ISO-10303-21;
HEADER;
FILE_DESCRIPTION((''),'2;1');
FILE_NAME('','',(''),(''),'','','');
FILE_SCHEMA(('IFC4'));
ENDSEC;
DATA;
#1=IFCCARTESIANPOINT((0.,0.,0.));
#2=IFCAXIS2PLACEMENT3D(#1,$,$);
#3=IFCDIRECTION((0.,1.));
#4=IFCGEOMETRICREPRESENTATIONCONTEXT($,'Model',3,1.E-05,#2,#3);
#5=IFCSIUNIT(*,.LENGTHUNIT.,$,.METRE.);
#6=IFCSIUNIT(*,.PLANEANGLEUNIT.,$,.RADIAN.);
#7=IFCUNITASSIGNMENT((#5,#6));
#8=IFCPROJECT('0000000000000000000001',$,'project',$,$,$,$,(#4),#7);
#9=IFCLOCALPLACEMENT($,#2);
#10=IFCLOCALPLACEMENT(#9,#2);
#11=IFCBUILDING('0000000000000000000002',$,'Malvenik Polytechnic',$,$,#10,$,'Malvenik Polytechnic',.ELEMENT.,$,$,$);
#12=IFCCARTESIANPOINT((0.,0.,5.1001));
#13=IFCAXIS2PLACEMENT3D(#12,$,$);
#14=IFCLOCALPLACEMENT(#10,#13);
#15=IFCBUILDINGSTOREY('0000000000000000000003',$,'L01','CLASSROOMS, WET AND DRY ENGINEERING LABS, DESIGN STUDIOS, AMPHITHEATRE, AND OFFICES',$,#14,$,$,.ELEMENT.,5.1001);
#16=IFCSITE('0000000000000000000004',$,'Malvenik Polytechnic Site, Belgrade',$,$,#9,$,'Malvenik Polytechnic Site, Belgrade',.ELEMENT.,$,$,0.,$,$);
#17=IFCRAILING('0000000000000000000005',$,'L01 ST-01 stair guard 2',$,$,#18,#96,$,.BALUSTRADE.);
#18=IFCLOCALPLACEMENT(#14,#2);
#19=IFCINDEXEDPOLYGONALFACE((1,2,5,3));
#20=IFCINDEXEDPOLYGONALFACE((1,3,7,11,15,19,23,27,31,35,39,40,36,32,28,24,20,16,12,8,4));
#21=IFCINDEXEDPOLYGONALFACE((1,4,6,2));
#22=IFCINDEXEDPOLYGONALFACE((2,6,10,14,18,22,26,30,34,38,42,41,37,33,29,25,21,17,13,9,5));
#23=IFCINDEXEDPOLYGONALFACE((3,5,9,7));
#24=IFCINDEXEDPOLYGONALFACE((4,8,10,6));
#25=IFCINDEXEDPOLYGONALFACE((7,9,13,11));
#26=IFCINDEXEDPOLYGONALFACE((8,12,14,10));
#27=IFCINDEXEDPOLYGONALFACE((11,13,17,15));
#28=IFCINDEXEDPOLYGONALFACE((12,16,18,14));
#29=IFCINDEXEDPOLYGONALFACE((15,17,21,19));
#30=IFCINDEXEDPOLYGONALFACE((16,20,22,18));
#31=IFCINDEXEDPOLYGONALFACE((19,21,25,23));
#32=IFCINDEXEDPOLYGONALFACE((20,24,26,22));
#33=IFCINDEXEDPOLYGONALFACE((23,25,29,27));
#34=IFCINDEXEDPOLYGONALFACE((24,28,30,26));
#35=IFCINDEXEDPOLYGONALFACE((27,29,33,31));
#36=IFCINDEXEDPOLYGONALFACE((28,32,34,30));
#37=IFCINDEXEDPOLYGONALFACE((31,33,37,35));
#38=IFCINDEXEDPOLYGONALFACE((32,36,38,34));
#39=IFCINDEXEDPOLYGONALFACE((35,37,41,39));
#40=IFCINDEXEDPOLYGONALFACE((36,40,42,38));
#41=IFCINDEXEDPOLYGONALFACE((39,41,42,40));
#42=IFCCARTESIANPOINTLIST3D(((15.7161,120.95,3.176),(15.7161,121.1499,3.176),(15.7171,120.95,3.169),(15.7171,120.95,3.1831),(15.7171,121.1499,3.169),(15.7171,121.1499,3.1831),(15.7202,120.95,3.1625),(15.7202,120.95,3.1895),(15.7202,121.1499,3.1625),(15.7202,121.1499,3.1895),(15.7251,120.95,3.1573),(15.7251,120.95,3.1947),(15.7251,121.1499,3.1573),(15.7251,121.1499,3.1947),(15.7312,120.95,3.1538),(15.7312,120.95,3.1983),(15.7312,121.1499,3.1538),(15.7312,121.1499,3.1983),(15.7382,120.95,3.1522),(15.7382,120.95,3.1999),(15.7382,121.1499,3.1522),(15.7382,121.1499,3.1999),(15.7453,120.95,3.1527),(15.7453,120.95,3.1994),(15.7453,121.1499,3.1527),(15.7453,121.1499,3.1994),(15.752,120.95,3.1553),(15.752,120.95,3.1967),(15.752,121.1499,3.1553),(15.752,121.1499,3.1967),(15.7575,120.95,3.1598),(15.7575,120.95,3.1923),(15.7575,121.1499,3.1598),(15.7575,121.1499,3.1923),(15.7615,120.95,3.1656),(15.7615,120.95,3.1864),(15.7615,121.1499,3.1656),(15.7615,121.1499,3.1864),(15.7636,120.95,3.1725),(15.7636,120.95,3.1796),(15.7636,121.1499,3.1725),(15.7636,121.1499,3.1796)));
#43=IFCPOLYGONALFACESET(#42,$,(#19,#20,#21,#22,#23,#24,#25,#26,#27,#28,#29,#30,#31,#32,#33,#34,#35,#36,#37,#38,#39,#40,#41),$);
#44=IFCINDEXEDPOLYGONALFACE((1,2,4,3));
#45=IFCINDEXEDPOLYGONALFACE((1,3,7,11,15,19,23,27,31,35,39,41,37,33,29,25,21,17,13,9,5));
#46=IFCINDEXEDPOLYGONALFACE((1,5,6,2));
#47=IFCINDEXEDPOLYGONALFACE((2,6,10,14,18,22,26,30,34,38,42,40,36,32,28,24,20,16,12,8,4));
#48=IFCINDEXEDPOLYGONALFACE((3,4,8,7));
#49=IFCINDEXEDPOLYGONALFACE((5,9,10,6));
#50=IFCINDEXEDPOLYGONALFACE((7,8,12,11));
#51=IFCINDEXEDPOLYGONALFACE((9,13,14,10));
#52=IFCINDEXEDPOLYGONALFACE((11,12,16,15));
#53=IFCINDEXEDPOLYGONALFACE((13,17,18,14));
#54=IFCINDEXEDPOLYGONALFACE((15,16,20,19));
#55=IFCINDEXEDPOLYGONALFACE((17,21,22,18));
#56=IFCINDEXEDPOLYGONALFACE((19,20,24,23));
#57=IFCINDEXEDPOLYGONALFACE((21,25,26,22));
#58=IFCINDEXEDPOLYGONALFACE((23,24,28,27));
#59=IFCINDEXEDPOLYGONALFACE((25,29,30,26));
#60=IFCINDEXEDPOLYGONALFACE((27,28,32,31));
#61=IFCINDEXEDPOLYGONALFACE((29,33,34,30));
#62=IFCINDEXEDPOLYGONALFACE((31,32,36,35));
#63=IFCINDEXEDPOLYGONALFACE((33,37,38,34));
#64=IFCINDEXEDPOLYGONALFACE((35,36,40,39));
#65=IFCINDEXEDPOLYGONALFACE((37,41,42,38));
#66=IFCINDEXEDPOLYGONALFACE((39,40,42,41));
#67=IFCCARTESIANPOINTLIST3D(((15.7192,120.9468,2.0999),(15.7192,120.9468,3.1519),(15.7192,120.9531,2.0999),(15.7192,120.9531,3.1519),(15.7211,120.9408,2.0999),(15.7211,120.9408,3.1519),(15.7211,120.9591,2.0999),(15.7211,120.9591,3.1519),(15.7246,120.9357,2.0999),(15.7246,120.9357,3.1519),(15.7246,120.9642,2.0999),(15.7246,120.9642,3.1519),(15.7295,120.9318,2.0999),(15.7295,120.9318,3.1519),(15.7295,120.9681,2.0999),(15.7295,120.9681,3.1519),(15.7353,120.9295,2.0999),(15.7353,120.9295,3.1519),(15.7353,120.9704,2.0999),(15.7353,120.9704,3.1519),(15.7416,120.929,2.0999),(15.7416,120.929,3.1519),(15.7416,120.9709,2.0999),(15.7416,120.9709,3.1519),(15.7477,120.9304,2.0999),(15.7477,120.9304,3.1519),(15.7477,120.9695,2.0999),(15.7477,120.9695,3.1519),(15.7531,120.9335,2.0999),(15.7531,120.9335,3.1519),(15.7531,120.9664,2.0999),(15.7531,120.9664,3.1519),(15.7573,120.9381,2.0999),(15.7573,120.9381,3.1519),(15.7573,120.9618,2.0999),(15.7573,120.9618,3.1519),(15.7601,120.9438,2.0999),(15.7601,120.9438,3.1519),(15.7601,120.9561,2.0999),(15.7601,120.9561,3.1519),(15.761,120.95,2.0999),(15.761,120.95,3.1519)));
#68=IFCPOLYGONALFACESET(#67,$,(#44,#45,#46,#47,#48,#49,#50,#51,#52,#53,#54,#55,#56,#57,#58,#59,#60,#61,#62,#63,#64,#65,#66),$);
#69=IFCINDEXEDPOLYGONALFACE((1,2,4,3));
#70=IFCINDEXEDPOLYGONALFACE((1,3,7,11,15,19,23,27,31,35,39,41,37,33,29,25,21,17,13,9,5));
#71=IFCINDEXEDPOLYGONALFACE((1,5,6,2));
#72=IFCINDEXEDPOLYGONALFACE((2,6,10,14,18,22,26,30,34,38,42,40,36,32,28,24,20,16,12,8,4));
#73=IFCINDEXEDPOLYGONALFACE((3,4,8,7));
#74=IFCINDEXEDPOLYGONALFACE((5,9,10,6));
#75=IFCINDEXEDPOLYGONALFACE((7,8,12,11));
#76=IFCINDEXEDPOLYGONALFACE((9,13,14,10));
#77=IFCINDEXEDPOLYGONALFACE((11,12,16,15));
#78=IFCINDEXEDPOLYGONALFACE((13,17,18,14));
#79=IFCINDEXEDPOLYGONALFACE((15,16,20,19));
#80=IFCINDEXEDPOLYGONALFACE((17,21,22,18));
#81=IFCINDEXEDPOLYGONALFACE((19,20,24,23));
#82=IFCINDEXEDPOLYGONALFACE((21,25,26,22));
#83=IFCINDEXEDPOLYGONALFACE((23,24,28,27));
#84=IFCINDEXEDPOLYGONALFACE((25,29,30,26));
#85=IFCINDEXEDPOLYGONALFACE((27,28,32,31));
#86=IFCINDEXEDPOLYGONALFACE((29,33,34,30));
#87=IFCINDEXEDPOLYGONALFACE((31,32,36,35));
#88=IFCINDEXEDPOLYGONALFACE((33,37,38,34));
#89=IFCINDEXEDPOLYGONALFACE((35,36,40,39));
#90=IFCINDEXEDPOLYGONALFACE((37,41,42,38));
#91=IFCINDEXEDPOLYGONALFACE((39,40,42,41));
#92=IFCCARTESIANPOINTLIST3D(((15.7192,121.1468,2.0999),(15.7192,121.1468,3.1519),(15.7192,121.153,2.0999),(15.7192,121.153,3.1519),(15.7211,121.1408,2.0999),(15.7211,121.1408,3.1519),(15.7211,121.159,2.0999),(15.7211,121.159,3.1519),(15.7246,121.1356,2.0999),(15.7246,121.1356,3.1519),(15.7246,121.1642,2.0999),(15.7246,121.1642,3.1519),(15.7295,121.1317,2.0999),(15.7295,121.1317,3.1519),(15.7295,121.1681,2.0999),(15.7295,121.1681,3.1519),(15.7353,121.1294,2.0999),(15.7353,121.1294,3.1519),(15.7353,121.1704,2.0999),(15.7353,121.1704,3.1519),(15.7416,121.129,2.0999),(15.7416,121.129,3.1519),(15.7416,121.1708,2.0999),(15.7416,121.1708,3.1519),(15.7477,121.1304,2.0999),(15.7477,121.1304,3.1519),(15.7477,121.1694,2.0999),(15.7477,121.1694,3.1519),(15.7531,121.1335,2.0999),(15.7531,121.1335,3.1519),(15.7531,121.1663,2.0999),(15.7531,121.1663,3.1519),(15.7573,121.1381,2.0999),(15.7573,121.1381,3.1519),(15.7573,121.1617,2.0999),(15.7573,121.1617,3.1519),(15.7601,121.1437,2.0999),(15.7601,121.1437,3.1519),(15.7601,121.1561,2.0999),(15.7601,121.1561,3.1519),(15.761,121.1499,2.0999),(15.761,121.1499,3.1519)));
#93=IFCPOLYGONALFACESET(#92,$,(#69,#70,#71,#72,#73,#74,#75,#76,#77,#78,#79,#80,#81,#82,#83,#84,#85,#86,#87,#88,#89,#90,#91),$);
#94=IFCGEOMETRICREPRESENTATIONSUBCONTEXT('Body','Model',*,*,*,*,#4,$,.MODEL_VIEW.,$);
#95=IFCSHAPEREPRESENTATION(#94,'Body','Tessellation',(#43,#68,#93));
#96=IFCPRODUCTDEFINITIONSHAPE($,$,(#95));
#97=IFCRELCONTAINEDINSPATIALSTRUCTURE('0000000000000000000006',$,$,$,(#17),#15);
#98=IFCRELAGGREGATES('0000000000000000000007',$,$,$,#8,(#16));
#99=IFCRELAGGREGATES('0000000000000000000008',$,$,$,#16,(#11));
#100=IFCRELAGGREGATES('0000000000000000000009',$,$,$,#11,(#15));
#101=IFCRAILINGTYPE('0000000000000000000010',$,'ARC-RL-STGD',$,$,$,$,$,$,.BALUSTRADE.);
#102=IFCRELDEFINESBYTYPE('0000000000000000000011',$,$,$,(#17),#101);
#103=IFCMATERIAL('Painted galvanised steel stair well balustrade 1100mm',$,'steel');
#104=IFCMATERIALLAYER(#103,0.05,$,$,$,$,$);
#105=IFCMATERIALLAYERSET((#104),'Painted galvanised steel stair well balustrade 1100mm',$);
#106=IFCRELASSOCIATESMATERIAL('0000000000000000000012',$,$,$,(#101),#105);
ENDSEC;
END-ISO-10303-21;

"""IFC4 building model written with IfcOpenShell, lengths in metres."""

from ifc_helpers import new_model, si_unit, direction, frame, origin, origin_2d, place, context, subcontext, project, spatial, circle, extrude, material, layer, layer_set, type_object, element, save


model = new_model("IFC4")

# Units and contexts
model_context = context("Model", 3, precision=1e-05, world=origin(), true_north=direction((0.0, 1.0)))
body_context = subcontext(model_context, "Body", "Model", "MODEL_VIEW")
ifc_project = project(units=[si_unit("LENGTHUNIT", "METRE"), si_unit("PLANEANGLEUNIT", "RADIAN")], contexts=[model_context])

# Site, building, storey
site_placement = place(None, origin())
site = spatial("IfcSite", under=ifc_project, at=site_placement, Name="Malvenik Polytechnic Site, Belgrade", LongName="Malvenik Polytechnic Site, Belgrade", CompositionType="ELEMENT", RefElevation=0.0)
building_placement = place(site_placement, origin())
building = spatial("IfcBuilding", under=site, at=building_placement, Name="Malvenik Polytechnic", LongName="Malvenik Polytechnic", CompositionType="ELEMENT")
storey_placement = place(building_placement, frame((0.0, 0.0, 5.1001)))
storey = spatial("IfcBuildingStorey", under=building, at=storey_placement, Name="L01", Description="CLASSROOMS, WET AND DRY ENGINEERING LABS, DESIGN STUDIOS, AMPHITHEATRE, AND OFFICES", CompositionType="ELEMENT", Elevation=5.1001)

# Railing
ifc_material_1 = material(Name="Painted galvanised steel stair well balustrade 1100mm", Category="steel")
ifc_layer_1 = layer(ifc_material_1, 0.05)
ifc_layer_set_1 = layer_set([ifc_layer_1], Name="Painted galvanised steel stair well balustrade 1100mm")
railing_type_1 = type_object("IfcRailingType", Name="ARC-RL-STGD", PredefinedType="BALUSTRADE", material=ifc_layer_set_1)
railing_1_placement = place(storey_placement, frame((15.74, 120.95, 2.0999)))
element("IfcRailing", 1, at=railing_1_placement, inside=storey, type_object=railing_type_1, Name="L01 ST-01 stair guard 2", PredefinedType="BALUSTRADE", context=body_context, shape_type="SweptSolid", body=[
    extrude(circle(Radius=0.0239, at=origin_2d()), frame((0.0, 0.0, 1.0762), z_axis=(0.0, 1.0, 0.0), x_axis=(-1.0, 0.0, 0.0)), (0.0, 0.0, 1.0), 0.2),
    extrude(circle(Radius=0.021, at=origin_2d()), origin(), (0.0, 0.0, 1.0), 1.052),
    extrude(circle(Radius=0.021, at=origin_2d()), frame((0.0, 0.2, 0.0)), (0.0, 0.0, 1.0), 1.052),
])

save(model, "model.ifc")
